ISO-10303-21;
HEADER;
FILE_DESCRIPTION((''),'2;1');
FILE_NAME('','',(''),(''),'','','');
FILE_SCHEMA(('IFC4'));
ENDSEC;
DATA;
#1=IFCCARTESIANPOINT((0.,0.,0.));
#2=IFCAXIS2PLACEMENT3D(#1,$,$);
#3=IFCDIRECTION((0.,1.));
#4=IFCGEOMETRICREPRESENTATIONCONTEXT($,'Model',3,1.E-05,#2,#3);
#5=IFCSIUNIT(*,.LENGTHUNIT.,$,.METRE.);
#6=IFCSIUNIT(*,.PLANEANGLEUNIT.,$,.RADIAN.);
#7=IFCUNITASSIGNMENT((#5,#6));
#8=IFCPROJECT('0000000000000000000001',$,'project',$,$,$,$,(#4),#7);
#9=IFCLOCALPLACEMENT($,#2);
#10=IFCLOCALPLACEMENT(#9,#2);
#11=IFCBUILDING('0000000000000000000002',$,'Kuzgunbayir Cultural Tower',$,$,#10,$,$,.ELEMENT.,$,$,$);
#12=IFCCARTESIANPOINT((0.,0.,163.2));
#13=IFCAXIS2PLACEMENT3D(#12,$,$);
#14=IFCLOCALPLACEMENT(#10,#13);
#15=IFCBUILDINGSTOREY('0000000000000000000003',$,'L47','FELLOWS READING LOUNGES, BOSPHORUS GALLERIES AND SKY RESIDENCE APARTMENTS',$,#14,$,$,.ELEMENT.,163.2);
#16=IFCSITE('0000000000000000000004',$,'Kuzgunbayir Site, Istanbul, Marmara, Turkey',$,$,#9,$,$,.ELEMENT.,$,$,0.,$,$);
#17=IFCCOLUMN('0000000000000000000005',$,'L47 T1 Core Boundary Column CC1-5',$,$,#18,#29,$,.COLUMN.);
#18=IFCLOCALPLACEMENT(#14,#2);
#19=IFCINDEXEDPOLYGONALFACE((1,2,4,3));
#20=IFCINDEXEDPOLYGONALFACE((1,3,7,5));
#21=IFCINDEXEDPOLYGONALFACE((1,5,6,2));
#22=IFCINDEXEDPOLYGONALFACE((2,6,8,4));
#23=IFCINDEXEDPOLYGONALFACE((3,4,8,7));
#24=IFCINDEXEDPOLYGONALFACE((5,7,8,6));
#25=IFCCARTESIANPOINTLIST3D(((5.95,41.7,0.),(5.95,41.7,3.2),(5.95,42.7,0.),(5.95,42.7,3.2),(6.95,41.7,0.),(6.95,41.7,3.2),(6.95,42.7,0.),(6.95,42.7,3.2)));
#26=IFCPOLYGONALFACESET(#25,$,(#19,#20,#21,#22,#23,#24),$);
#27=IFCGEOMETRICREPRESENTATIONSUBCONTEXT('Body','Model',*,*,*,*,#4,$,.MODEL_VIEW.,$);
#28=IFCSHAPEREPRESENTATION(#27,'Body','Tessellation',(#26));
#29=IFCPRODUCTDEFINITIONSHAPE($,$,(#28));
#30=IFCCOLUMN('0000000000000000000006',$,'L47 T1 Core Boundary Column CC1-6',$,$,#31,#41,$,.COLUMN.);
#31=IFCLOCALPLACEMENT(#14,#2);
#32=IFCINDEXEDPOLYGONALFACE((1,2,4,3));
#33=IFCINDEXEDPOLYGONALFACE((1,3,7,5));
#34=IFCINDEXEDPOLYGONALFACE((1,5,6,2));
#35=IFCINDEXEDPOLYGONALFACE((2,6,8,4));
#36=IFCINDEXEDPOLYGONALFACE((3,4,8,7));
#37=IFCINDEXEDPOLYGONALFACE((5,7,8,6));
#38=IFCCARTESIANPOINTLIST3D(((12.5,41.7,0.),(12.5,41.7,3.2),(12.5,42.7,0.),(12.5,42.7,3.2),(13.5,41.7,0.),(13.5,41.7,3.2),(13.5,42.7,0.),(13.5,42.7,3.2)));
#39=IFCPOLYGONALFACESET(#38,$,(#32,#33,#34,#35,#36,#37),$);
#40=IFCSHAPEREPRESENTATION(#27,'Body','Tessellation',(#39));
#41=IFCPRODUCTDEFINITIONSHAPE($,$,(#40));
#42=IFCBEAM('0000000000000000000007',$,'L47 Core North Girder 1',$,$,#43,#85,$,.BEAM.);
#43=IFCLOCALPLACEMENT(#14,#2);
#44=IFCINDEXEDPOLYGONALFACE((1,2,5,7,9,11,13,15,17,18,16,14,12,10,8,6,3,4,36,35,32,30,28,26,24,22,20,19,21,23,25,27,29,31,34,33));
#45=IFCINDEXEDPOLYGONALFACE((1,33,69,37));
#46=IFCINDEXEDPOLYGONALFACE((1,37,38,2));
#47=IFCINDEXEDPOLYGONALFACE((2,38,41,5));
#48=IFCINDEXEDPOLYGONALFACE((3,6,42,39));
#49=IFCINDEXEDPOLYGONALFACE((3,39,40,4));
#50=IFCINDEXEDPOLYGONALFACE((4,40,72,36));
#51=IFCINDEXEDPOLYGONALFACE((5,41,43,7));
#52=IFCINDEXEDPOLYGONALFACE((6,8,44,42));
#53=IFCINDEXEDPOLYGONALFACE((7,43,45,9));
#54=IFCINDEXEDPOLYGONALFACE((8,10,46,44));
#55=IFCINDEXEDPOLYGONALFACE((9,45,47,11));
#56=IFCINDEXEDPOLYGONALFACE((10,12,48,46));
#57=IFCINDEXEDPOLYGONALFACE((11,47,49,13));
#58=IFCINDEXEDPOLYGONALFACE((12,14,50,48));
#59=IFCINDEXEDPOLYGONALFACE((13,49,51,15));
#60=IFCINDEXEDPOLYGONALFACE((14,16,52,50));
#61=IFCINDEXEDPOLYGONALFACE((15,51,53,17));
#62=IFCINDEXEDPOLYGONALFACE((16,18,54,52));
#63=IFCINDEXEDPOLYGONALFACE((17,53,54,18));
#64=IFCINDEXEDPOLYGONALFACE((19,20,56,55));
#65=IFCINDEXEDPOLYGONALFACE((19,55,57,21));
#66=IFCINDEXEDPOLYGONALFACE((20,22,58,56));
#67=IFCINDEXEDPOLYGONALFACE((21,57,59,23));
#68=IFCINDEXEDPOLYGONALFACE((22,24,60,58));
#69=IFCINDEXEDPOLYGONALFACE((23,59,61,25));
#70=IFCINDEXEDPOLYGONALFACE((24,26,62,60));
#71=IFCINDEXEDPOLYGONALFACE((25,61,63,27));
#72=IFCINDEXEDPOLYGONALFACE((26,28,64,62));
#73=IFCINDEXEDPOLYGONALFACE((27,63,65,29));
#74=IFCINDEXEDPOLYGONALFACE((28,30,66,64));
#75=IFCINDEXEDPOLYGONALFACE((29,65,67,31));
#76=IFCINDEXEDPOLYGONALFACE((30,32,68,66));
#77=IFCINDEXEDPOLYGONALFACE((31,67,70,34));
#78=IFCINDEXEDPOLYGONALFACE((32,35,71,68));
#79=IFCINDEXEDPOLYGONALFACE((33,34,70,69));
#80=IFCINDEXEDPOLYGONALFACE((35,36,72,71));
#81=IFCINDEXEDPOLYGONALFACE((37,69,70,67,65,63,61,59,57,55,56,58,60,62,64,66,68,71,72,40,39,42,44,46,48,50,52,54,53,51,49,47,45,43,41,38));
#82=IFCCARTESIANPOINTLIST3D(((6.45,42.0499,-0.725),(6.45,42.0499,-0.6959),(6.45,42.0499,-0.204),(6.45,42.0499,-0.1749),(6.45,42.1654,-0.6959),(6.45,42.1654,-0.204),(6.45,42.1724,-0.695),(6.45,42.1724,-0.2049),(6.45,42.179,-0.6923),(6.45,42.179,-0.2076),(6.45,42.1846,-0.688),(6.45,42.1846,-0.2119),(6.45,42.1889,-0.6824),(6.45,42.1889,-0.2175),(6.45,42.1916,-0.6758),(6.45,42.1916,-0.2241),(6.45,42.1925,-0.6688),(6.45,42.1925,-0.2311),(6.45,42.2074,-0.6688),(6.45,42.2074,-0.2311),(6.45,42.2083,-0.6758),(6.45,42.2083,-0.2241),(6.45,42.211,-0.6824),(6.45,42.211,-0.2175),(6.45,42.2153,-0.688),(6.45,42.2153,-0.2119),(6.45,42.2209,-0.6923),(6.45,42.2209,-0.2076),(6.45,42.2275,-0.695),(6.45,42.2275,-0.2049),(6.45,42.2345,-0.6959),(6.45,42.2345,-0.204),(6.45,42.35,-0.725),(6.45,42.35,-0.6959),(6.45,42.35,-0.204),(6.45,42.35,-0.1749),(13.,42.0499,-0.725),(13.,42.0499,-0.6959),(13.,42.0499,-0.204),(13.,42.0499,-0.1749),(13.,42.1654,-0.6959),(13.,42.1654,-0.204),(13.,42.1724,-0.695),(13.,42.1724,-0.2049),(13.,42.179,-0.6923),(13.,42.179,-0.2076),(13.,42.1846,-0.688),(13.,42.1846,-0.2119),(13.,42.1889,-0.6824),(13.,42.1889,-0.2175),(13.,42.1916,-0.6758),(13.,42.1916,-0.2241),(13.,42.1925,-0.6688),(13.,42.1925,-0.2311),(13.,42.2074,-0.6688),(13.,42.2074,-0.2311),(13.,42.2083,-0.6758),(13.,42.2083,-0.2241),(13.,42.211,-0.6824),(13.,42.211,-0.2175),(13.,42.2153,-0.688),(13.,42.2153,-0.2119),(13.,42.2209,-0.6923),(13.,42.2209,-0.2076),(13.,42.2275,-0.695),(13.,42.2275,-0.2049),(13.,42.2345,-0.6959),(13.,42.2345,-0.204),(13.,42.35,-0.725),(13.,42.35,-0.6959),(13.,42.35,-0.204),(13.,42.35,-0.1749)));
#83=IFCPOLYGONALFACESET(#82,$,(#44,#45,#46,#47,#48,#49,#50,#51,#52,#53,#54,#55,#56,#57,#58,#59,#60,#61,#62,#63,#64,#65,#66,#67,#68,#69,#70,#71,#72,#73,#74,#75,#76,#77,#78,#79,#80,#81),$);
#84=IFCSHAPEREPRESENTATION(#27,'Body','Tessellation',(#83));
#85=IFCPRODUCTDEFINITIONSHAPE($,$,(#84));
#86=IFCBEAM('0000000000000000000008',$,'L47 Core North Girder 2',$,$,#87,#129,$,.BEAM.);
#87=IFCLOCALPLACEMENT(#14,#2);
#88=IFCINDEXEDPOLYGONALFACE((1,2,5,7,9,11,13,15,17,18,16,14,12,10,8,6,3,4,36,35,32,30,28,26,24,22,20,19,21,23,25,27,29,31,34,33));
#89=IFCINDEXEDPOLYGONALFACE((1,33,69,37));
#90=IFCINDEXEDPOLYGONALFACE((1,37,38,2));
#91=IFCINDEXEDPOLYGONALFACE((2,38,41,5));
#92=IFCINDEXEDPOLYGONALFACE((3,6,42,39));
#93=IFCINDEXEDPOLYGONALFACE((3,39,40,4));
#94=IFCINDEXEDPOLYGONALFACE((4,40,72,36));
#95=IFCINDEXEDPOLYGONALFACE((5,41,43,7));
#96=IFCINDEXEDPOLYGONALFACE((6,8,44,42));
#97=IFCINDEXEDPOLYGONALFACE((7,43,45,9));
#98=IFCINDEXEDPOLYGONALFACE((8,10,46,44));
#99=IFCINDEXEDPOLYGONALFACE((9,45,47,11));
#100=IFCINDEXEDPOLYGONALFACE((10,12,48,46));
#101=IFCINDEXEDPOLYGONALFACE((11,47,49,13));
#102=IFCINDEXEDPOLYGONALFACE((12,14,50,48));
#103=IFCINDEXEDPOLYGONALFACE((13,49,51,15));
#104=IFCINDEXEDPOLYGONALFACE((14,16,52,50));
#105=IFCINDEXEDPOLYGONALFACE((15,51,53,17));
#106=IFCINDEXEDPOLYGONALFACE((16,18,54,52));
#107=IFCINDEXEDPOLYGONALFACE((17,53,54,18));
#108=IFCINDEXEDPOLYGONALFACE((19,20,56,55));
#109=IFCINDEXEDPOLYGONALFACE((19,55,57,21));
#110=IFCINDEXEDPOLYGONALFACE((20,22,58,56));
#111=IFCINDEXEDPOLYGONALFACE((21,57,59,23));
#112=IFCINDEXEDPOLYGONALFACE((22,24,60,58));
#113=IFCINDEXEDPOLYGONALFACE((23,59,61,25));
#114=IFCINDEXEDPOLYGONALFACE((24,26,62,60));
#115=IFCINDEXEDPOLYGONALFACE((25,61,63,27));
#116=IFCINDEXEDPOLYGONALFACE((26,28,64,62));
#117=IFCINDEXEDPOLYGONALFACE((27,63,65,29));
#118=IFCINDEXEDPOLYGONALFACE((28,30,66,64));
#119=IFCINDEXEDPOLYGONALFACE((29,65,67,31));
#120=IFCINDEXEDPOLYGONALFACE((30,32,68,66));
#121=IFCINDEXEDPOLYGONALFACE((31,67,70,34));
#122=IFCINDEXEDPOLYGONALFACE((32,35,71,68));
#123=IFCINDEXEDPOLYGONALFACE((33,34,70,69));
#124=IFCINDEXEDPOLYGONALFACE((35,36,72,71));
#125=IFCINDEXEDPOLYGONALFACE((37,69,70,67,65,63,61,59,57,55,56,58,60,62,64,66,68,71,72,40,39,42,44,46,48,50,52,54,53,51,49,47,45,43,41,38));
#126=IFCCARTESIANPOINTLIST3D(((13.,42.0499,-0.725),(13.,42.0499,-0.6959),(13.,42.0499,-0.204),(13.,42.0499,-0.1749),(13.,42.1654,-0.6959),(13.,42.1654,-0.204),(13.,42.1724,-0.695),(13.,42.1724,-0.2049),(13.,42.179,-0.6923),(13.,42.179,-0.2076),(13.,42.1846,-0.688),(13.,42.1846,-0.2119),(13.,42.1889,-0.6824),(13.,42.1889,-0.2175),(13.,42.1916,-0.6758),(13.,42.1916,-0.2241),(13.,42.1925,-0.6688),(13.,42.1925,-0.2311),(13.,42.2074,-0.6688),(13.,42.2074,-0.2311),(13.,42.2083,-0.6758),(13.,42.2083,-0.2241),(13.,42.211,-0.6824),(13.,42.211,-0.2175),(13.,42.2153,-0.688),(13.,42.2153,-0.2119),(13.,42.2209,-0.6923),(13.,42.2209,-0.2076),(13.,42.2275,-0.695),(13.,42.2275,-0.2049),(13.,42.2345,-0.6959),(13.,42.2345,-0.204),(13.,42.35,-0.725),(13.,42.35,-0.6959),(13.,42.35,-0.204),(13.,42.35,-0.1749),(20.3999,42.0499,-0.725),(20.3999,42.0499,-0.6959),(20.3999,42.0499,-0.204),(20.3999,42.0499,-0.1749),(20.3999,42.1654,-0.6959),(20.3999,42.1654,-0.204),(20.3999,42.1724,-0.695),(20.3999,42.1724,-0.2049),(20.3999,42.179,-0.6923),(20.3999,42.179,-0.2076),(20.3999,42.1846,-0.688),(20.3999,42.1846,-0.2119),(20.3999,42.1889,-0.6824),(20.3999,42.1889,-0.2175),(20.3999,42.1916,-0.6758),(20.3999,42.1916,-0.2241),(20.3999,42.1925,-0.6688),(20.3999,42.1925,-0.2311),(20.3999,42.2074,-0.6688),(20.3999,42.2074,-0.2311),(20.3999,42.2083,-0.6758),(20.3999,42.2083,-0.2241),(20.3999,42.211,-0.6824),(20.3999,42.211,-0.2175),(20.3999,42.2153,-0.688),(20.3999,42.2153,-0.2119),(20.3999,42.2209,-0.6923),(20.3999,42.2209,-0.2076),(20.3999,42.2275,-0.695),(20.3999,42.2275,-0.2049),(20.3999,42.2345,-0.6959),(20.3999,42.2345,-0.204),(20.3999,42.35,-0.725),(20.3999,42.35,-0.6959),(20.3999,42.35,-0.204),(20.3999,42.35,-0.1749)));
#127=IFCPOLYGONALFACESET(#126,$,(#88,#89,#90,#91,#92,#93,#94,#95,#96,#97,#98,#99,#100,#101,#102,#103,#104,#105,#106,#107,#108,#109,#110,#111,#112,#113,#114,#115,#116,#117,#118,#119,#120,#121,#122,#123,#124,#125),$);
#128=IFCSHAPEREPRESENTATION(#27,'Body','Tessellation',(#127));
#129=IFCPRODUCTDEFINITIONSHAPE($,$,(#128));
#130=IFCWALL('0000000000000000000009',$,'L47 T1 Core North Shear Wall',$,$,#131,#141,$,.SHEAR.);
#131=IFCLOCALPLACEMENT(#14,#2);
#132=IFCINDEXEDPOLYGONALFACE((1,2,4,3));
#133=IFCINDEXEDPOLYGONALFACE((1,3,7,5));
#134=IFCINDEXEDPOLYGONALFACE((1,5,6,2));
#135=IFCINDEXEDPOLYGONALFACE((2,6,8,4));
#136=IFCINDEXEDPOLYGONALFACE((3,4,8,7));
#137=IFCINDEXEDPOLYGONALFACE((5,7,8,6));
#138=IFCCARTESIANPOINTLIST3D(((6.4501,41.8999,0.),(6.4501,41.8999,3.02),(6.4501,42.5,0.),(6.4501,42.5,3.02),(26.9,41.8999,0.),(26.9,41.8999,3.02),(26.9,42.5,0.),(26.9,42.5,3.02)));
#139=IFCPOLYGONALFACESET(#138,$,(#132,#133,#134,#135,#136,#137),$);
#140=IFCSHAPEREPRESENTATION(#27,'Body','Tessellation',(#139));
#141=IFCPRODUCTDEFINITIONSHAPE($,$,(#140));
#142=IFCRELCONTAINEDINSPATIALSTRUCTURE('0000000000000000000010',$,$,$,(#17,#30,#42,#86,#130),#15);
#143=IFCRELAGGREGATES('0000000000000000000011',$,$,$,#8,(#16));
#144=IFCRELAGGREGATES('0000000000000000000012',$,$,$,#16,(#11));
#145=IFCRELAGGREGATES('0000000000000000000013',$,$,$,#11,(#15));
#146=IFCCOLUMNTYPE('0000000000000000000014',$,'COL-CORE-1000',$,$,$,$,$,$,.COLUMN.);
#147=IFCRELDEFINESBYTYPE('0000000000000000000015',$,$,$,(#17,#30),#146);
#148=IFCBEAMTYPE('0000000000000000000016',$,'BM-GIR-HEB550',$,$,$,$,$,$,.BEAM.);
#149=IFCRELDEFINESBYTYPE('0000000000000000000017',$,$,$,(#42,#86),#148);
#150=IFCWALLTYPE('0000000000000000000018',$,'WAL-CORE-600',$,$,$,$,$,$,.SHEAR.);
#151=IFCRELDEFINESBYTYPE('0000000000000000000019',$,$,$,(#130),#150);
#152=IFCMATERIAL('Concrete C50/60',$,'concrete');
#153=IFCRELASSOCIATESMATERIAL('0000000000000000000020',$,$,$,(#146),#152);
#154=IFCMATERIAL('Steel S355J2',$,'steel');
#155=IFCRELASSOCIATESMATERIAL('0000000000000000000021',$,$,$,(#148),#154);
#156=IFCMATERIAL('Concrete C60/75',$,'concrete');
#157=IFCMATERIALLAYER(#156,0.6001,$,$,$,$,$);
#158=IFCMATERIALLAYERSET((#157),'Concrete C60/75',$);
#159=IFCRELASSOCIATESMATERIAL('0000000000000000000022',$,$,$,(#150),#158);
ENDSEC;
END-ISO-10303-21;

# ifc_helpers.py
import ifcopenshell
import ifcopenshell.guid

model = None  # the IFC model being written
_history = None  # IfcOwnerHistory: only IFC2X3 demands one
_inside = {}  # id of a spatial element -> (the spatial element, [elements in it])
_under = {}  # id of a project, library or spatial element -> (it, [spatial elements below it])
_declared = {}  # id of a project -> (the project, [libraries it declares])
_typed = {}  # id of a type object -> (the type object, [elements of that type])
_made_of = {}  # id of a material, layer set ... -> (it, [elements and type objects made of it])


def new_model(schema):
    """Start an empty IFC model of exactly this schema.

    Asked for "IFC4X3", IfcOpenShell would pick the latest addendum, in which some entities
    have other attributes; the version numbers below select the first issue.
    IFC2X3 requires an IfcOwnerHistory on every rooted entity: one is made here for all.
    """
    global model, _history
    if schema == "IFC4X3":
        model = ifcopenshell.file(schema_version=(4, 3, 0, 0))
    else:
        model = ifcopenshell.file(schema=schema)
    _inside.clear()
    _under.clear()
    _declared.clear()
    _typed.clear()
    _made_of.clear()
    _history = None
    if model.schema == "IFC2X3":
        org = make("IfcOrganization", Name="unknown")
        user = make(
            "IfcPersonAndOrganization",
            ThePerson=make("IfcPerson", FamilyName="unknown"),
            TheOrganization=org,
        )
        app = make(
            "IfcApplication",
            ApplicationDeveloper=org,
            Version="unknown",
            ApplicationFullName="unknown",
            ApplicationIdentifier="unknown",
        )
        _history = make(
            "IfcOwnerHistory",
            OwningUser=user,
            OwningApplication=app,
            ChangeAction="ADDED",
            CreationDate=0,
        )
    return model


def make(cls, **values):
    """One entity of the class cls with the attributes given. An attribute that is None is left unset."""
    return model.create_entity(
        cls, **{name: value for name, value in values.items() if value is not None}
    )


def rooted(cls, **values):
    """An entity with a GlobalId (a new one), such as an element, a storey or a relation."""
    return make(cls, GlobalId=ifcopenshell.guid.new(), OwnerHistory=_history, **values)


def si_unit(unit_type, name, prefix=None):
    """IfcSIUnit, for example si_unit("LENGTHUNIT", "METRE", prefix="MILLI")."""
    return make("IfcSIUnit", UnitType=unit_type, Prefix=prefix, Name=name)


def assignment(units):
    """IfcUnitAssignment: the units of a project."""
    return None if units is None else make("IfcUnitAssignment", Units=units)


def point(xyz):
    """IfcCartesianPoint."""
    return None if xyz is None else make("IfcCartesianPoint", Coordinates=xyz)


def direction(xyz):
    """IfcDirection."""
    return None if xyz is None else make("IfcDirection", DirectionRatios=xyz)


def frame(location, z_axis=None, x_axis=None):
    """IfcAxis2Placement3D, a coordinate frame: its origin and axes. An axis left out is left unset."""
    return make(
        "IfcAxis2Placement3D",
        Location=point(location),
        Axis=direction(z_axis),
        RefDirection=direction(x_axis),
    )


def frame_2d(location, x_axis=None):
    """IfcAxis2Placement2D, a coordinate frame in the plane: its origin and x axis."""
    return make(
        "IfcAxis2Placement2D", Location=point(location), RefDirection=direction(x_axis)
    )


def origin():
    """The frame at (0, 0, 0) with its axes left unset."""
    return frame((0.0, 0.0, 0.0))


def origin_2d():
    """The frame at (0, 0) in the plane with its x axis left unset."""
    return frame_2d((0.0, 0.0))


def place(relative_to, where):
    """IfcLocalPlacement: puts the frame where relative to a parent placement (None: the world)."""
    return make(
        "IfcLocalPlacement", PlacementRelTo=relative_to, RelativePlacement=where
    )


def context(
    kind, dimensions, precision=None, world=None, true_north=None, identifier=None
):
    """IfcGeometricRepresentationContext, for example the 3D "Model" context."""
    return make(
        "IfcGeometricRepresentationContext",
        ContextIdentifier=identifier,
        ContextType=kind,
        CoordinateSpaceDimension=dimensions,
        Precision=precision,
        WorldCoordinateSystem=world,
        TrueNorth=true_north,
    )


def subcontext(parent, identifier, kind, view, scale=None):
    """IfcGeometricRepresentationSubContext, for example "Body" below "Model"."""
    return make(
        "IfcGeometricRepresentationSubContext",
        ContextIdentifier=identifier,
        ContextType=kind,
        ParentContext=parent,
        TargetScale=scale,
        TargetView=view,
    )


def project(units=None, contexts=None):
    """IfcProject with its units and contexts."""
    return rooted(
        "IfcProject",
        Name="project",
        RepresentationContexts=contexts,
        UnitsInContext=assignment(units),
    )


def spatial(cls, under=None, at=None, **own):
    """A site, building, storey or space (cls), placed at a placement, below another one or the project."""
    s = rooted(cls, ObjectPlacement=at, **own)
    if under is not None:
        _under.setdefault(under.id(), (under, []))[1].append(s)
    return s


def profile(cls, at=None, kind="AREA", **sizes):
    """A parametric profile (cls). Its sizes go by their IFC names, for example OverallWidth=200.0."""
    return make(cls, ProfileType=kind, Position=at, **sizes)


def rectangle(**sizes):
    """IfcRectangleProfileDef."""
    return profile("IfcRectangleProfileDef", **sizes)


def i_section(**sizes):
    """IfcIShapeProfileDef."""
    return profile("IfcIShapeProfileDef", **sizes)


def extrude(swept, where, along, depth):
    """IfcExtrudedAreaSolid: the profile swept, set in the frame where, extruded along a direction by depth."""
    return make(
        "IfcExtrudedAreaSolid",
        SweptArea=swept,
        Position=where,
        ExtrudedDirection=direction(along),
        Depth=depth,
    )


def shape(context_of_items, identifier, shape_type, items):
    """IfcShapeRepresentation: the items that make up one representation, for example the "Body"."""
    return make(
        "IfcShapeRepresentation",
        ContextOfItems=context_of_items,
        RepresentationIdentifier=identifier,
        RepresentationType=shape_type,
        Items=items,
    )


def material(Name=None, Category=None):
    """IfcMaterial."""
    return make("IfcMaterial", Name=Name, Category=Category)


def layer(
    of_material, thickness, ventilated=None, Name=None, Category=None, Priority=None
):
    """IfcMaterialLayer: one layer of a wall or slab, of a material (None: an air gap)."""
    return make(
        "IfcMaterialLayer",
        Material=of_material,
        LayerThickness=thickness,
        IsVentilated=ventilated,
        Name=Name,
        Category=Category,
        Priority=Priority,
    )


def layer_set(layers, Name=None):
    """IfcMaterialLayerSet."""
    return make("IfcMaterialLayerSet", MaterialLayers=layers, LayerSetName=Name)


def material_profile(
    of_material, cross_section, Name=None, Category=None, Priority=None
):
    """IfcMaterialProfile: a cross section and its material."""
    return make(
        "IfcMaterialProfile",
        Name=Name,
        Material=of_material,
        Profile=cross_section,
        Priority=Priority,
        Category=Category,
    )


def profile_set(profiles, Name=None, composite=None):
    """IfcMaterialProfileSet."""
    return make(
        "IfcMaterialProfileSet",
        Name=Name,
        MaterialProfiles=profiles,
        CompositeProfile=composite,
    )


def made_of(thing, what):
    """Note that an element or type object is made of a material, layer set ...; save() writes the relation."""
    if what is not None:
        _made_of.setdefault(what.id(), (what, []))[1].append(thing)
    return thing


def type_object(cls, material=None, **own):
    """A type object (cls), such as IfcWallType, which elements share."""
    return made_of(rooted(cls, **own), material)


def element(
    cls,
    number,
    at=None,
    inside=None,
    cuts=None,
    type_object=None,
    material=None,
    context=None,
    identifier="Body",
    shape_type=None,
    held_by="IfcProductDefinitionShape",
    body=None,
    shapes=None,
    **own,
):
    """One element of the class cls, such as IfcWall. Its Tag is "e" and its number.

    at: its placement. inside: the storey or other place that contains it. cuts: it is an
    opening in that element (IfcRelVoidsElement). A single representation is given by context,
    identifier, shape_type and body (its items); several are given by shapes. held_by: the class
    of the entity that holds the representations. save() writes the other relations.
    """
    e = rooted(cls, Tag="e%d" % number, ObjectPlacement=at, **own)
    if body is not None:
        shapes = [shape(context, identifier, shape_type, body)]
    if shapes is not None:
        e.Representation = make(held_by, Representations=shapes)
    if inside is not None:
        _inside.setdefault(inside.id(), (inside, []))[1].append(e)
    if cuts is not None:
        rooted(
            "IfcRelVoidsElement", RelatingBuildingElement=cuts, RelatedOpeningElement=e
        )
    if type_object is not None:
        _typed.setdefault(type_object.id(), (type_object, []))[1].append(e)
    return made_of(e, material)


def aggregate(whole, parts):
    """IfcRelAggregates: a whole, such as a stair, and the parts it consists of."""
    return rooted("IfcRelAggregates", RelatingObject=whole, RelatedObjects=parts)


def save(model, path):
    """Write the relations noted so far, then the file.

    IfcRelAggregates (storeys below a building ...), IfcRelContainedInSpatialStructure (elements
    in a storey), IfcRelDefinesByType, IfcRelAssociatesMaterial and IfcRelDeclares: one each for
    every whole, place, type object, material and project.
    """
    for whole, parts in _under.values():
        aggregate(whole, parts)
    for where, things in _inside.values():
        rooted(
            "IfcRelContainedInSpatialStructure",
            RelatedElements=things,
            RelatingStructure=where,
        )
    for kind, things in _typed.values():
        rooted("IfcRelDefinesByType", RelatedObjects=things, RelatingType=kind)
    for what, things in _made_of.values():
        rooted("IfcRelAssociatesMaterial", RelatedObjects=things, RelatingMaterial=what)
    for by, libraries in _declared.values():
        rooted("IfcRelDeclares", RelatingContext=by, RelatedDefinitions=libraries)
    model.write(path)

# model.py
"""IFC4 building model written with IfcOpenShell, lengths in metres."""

from ifc_helpers import new_model, si_unit, direction, frame, frame_2d, origin, origin_2d, place, context, subcontext, project, spatial, rectangle, i_section, extrude, material, layer, layer_set, material_profile, profile_set, type_object, element, save


model = new_model("IFC4")

# Units and contexts
model_context = context("Model", 3, precision=1e-05, world=origin(), true_north=direction((0.0, 1.0)))
body_context = subcontext(model_context, "Body", "Model", "MODEL_VIEW")
ifc_project = project(units=[si_unit("LENGTHUNIT", "METRE"), si_unit("PLANEANGLEUNIT", "RADIAN")], contexts=[model_context])

# Site, building, storey
site_placement = place(None, origin())
site = spatial("IfcSite", under=ifc_project, at=site_placement, Name="Kuzgunbayir Site, Istanbul, Marmara, Turkey", CompositionType="ELEMENT", RefElevation=0.0)
building_placement = place(site_placement, origin())
building = spatial("IfcBuilding", under=site, at=building_placement, Name="Kuzgunbayir Cultural Tower", CompositionType="ELEMENT")
storey_placement = place(building_placement, frame((0.0, 0.0, 163.2)))
storey = spatial("IfcBuildingStorey", under=building, at=storey_placement, Name="L47", Description="FELLOWS READING LOUNGES, BOSPHORUS GALLERIES AND SKY RESIDENCE APARTMENTS", CompositionType="ELEMENT", Elevation=163.2)

# Columns
ifc_material_1 = material(Name="Concrete C50/60", Category="concrete")
ifc_material_profile_1 = material_profile(ifc_material_1, rectangle(XDim=1.0, YDim=1.0, at=origin_2d()), Name="RC 1000x1000")
ifc_profile_set_1 = profile_set([ifc_material_profile_1], Name="Concrete C50/60")
column_type = type_object("IfcColumnType", Name="COL-CORE-1000", PredefinedType="COLUMN", material=ifc_profile_set_1)
for number, where, z_axis, x_axis, name in (
    (1, (6.45, 42.2, 0.0), (0.0, 0.0, 1.0), (1.0, 0.0, 0.0), "L47 T1 Core Boundary Column CC1-5"),
    (2, (13.0, 42.2, 0.0), (0.0, 0.0, 1.0), (1.0, 0.0, 0.0), "L47 T1 Core Boundary Column CC1-6"),
):
    element("IfcColumn", number, at=place(storey_placement, frame(where, z_axis=z_axis, x_axis=x_axis)), inside=storey, type_object=column_type, Name=name, PredefinedType="COLUMN", context=body_context, shape_type="SweptSolid", body=[
        extrude(rectangle(XDim=1.0, YDim=1.0, at=origin_2d()), origin(), (0.0, 0.0, 1.0), 3.2),
    ])

# Beams
ifc_material_2 = material(Name="Steel S355J2", Category="steel")
ifc_material_profile_2 = material_profile(ifc_material_2, i_section(OverallWidth=0.3, OverallDepth=0.55, WebThickness=0.0149, FlangeThickness=0.0291, FilletRadius=0.0271, at=origin_2d()), Name="HEB 550")
ifc_profile_set_2 = profile_set([ifc_material_profile_2], Name="Steel S355J2")
beam_type = type_object("IfcBeamType", Name="BM-GIR-HEB550", PredefinedType="BEAM", material=ifc_profile_set_2)
beam_1_placement = place(storey_placement, frame((6.45, 42.2, -0.45), z_axis=(1.0, 0.0, 0.0), x_axis=(0.0, 1.0, 0.0)))
element("IfcBeam", 3, at=beam_1_placement, inside=storey, type_object=beam_type, Name="L47 Core North Girder 1", PredefinedType="BEAM", context=body_context, shape_type="SweptSolid", body=[
    extrude(i_section(OverallWidth=0.3, OverallDepth=0.55, WebThickness=0.0149, FlangeThickness=0.0291, FilletRadius=0.0271, at=origin_2d()), origin(), (0.0, 0.0, 1.0), 6.55),
])
beam_2_placement = place(storey_placement, frame((13.0, 42.2, -0.45), z_axis=(1.0, 0.0, 0.0), x_axis=(0.0, 1.0, 0.0)))
element("IfcBeam", 4, at=beam_2_placement, inside=storey, type_object=beam_type, Name="L47 Core North Girder 2", PredefinedType="BEAM", context=body_context, shape_type="SweptSolid", body=[
    extrude(i_section(OverallWidth=0.3, OverallDepth=0.55, WebThickness=0.0149, FlangeThickness=0.0291, FilletRadius=0.0271, at=origin_2d()), origin(), (0.0, 0.0, 1.0), 7.3999),
])

# Wall
ifc_material_3 = material(Name="Concrete C60/75", Category="concrete")
ifc_layer_1 = layer(ifc_material_3, 0.6001)
ifc_layer_set_1 = layer_set([ifc_layer_1], Name="Concrete C60/75")
wall_type_1 = type_object("IfcWallType", Name="WAL-CORE-600", PredefinedType="SHEAR", material=ifc_layer_set_1)
wall_1_placement = place(storey_placement, frame((6.45, 42.2, 0.0), z_axis=(0.0, 0.0, 1.0), x_axis=(1.0, 0.0, 0.0)))
element("IfcWall", 5, at=wall_1_placement, inside=storey, type_object=wall_type_1, Name="L47 T1 Core North Shear Wall", PredefinedType="SHEAR", context=body_context, shape_type="SweptSolid", body=[
    extrude(rectangle(XDim=20.45, YDim=0.6001, at=frame_2d((10.2251, 0.0))), origin(), (0.0, 0.0, 1.0), 3.02),
])

save(model, "model.ifc")
